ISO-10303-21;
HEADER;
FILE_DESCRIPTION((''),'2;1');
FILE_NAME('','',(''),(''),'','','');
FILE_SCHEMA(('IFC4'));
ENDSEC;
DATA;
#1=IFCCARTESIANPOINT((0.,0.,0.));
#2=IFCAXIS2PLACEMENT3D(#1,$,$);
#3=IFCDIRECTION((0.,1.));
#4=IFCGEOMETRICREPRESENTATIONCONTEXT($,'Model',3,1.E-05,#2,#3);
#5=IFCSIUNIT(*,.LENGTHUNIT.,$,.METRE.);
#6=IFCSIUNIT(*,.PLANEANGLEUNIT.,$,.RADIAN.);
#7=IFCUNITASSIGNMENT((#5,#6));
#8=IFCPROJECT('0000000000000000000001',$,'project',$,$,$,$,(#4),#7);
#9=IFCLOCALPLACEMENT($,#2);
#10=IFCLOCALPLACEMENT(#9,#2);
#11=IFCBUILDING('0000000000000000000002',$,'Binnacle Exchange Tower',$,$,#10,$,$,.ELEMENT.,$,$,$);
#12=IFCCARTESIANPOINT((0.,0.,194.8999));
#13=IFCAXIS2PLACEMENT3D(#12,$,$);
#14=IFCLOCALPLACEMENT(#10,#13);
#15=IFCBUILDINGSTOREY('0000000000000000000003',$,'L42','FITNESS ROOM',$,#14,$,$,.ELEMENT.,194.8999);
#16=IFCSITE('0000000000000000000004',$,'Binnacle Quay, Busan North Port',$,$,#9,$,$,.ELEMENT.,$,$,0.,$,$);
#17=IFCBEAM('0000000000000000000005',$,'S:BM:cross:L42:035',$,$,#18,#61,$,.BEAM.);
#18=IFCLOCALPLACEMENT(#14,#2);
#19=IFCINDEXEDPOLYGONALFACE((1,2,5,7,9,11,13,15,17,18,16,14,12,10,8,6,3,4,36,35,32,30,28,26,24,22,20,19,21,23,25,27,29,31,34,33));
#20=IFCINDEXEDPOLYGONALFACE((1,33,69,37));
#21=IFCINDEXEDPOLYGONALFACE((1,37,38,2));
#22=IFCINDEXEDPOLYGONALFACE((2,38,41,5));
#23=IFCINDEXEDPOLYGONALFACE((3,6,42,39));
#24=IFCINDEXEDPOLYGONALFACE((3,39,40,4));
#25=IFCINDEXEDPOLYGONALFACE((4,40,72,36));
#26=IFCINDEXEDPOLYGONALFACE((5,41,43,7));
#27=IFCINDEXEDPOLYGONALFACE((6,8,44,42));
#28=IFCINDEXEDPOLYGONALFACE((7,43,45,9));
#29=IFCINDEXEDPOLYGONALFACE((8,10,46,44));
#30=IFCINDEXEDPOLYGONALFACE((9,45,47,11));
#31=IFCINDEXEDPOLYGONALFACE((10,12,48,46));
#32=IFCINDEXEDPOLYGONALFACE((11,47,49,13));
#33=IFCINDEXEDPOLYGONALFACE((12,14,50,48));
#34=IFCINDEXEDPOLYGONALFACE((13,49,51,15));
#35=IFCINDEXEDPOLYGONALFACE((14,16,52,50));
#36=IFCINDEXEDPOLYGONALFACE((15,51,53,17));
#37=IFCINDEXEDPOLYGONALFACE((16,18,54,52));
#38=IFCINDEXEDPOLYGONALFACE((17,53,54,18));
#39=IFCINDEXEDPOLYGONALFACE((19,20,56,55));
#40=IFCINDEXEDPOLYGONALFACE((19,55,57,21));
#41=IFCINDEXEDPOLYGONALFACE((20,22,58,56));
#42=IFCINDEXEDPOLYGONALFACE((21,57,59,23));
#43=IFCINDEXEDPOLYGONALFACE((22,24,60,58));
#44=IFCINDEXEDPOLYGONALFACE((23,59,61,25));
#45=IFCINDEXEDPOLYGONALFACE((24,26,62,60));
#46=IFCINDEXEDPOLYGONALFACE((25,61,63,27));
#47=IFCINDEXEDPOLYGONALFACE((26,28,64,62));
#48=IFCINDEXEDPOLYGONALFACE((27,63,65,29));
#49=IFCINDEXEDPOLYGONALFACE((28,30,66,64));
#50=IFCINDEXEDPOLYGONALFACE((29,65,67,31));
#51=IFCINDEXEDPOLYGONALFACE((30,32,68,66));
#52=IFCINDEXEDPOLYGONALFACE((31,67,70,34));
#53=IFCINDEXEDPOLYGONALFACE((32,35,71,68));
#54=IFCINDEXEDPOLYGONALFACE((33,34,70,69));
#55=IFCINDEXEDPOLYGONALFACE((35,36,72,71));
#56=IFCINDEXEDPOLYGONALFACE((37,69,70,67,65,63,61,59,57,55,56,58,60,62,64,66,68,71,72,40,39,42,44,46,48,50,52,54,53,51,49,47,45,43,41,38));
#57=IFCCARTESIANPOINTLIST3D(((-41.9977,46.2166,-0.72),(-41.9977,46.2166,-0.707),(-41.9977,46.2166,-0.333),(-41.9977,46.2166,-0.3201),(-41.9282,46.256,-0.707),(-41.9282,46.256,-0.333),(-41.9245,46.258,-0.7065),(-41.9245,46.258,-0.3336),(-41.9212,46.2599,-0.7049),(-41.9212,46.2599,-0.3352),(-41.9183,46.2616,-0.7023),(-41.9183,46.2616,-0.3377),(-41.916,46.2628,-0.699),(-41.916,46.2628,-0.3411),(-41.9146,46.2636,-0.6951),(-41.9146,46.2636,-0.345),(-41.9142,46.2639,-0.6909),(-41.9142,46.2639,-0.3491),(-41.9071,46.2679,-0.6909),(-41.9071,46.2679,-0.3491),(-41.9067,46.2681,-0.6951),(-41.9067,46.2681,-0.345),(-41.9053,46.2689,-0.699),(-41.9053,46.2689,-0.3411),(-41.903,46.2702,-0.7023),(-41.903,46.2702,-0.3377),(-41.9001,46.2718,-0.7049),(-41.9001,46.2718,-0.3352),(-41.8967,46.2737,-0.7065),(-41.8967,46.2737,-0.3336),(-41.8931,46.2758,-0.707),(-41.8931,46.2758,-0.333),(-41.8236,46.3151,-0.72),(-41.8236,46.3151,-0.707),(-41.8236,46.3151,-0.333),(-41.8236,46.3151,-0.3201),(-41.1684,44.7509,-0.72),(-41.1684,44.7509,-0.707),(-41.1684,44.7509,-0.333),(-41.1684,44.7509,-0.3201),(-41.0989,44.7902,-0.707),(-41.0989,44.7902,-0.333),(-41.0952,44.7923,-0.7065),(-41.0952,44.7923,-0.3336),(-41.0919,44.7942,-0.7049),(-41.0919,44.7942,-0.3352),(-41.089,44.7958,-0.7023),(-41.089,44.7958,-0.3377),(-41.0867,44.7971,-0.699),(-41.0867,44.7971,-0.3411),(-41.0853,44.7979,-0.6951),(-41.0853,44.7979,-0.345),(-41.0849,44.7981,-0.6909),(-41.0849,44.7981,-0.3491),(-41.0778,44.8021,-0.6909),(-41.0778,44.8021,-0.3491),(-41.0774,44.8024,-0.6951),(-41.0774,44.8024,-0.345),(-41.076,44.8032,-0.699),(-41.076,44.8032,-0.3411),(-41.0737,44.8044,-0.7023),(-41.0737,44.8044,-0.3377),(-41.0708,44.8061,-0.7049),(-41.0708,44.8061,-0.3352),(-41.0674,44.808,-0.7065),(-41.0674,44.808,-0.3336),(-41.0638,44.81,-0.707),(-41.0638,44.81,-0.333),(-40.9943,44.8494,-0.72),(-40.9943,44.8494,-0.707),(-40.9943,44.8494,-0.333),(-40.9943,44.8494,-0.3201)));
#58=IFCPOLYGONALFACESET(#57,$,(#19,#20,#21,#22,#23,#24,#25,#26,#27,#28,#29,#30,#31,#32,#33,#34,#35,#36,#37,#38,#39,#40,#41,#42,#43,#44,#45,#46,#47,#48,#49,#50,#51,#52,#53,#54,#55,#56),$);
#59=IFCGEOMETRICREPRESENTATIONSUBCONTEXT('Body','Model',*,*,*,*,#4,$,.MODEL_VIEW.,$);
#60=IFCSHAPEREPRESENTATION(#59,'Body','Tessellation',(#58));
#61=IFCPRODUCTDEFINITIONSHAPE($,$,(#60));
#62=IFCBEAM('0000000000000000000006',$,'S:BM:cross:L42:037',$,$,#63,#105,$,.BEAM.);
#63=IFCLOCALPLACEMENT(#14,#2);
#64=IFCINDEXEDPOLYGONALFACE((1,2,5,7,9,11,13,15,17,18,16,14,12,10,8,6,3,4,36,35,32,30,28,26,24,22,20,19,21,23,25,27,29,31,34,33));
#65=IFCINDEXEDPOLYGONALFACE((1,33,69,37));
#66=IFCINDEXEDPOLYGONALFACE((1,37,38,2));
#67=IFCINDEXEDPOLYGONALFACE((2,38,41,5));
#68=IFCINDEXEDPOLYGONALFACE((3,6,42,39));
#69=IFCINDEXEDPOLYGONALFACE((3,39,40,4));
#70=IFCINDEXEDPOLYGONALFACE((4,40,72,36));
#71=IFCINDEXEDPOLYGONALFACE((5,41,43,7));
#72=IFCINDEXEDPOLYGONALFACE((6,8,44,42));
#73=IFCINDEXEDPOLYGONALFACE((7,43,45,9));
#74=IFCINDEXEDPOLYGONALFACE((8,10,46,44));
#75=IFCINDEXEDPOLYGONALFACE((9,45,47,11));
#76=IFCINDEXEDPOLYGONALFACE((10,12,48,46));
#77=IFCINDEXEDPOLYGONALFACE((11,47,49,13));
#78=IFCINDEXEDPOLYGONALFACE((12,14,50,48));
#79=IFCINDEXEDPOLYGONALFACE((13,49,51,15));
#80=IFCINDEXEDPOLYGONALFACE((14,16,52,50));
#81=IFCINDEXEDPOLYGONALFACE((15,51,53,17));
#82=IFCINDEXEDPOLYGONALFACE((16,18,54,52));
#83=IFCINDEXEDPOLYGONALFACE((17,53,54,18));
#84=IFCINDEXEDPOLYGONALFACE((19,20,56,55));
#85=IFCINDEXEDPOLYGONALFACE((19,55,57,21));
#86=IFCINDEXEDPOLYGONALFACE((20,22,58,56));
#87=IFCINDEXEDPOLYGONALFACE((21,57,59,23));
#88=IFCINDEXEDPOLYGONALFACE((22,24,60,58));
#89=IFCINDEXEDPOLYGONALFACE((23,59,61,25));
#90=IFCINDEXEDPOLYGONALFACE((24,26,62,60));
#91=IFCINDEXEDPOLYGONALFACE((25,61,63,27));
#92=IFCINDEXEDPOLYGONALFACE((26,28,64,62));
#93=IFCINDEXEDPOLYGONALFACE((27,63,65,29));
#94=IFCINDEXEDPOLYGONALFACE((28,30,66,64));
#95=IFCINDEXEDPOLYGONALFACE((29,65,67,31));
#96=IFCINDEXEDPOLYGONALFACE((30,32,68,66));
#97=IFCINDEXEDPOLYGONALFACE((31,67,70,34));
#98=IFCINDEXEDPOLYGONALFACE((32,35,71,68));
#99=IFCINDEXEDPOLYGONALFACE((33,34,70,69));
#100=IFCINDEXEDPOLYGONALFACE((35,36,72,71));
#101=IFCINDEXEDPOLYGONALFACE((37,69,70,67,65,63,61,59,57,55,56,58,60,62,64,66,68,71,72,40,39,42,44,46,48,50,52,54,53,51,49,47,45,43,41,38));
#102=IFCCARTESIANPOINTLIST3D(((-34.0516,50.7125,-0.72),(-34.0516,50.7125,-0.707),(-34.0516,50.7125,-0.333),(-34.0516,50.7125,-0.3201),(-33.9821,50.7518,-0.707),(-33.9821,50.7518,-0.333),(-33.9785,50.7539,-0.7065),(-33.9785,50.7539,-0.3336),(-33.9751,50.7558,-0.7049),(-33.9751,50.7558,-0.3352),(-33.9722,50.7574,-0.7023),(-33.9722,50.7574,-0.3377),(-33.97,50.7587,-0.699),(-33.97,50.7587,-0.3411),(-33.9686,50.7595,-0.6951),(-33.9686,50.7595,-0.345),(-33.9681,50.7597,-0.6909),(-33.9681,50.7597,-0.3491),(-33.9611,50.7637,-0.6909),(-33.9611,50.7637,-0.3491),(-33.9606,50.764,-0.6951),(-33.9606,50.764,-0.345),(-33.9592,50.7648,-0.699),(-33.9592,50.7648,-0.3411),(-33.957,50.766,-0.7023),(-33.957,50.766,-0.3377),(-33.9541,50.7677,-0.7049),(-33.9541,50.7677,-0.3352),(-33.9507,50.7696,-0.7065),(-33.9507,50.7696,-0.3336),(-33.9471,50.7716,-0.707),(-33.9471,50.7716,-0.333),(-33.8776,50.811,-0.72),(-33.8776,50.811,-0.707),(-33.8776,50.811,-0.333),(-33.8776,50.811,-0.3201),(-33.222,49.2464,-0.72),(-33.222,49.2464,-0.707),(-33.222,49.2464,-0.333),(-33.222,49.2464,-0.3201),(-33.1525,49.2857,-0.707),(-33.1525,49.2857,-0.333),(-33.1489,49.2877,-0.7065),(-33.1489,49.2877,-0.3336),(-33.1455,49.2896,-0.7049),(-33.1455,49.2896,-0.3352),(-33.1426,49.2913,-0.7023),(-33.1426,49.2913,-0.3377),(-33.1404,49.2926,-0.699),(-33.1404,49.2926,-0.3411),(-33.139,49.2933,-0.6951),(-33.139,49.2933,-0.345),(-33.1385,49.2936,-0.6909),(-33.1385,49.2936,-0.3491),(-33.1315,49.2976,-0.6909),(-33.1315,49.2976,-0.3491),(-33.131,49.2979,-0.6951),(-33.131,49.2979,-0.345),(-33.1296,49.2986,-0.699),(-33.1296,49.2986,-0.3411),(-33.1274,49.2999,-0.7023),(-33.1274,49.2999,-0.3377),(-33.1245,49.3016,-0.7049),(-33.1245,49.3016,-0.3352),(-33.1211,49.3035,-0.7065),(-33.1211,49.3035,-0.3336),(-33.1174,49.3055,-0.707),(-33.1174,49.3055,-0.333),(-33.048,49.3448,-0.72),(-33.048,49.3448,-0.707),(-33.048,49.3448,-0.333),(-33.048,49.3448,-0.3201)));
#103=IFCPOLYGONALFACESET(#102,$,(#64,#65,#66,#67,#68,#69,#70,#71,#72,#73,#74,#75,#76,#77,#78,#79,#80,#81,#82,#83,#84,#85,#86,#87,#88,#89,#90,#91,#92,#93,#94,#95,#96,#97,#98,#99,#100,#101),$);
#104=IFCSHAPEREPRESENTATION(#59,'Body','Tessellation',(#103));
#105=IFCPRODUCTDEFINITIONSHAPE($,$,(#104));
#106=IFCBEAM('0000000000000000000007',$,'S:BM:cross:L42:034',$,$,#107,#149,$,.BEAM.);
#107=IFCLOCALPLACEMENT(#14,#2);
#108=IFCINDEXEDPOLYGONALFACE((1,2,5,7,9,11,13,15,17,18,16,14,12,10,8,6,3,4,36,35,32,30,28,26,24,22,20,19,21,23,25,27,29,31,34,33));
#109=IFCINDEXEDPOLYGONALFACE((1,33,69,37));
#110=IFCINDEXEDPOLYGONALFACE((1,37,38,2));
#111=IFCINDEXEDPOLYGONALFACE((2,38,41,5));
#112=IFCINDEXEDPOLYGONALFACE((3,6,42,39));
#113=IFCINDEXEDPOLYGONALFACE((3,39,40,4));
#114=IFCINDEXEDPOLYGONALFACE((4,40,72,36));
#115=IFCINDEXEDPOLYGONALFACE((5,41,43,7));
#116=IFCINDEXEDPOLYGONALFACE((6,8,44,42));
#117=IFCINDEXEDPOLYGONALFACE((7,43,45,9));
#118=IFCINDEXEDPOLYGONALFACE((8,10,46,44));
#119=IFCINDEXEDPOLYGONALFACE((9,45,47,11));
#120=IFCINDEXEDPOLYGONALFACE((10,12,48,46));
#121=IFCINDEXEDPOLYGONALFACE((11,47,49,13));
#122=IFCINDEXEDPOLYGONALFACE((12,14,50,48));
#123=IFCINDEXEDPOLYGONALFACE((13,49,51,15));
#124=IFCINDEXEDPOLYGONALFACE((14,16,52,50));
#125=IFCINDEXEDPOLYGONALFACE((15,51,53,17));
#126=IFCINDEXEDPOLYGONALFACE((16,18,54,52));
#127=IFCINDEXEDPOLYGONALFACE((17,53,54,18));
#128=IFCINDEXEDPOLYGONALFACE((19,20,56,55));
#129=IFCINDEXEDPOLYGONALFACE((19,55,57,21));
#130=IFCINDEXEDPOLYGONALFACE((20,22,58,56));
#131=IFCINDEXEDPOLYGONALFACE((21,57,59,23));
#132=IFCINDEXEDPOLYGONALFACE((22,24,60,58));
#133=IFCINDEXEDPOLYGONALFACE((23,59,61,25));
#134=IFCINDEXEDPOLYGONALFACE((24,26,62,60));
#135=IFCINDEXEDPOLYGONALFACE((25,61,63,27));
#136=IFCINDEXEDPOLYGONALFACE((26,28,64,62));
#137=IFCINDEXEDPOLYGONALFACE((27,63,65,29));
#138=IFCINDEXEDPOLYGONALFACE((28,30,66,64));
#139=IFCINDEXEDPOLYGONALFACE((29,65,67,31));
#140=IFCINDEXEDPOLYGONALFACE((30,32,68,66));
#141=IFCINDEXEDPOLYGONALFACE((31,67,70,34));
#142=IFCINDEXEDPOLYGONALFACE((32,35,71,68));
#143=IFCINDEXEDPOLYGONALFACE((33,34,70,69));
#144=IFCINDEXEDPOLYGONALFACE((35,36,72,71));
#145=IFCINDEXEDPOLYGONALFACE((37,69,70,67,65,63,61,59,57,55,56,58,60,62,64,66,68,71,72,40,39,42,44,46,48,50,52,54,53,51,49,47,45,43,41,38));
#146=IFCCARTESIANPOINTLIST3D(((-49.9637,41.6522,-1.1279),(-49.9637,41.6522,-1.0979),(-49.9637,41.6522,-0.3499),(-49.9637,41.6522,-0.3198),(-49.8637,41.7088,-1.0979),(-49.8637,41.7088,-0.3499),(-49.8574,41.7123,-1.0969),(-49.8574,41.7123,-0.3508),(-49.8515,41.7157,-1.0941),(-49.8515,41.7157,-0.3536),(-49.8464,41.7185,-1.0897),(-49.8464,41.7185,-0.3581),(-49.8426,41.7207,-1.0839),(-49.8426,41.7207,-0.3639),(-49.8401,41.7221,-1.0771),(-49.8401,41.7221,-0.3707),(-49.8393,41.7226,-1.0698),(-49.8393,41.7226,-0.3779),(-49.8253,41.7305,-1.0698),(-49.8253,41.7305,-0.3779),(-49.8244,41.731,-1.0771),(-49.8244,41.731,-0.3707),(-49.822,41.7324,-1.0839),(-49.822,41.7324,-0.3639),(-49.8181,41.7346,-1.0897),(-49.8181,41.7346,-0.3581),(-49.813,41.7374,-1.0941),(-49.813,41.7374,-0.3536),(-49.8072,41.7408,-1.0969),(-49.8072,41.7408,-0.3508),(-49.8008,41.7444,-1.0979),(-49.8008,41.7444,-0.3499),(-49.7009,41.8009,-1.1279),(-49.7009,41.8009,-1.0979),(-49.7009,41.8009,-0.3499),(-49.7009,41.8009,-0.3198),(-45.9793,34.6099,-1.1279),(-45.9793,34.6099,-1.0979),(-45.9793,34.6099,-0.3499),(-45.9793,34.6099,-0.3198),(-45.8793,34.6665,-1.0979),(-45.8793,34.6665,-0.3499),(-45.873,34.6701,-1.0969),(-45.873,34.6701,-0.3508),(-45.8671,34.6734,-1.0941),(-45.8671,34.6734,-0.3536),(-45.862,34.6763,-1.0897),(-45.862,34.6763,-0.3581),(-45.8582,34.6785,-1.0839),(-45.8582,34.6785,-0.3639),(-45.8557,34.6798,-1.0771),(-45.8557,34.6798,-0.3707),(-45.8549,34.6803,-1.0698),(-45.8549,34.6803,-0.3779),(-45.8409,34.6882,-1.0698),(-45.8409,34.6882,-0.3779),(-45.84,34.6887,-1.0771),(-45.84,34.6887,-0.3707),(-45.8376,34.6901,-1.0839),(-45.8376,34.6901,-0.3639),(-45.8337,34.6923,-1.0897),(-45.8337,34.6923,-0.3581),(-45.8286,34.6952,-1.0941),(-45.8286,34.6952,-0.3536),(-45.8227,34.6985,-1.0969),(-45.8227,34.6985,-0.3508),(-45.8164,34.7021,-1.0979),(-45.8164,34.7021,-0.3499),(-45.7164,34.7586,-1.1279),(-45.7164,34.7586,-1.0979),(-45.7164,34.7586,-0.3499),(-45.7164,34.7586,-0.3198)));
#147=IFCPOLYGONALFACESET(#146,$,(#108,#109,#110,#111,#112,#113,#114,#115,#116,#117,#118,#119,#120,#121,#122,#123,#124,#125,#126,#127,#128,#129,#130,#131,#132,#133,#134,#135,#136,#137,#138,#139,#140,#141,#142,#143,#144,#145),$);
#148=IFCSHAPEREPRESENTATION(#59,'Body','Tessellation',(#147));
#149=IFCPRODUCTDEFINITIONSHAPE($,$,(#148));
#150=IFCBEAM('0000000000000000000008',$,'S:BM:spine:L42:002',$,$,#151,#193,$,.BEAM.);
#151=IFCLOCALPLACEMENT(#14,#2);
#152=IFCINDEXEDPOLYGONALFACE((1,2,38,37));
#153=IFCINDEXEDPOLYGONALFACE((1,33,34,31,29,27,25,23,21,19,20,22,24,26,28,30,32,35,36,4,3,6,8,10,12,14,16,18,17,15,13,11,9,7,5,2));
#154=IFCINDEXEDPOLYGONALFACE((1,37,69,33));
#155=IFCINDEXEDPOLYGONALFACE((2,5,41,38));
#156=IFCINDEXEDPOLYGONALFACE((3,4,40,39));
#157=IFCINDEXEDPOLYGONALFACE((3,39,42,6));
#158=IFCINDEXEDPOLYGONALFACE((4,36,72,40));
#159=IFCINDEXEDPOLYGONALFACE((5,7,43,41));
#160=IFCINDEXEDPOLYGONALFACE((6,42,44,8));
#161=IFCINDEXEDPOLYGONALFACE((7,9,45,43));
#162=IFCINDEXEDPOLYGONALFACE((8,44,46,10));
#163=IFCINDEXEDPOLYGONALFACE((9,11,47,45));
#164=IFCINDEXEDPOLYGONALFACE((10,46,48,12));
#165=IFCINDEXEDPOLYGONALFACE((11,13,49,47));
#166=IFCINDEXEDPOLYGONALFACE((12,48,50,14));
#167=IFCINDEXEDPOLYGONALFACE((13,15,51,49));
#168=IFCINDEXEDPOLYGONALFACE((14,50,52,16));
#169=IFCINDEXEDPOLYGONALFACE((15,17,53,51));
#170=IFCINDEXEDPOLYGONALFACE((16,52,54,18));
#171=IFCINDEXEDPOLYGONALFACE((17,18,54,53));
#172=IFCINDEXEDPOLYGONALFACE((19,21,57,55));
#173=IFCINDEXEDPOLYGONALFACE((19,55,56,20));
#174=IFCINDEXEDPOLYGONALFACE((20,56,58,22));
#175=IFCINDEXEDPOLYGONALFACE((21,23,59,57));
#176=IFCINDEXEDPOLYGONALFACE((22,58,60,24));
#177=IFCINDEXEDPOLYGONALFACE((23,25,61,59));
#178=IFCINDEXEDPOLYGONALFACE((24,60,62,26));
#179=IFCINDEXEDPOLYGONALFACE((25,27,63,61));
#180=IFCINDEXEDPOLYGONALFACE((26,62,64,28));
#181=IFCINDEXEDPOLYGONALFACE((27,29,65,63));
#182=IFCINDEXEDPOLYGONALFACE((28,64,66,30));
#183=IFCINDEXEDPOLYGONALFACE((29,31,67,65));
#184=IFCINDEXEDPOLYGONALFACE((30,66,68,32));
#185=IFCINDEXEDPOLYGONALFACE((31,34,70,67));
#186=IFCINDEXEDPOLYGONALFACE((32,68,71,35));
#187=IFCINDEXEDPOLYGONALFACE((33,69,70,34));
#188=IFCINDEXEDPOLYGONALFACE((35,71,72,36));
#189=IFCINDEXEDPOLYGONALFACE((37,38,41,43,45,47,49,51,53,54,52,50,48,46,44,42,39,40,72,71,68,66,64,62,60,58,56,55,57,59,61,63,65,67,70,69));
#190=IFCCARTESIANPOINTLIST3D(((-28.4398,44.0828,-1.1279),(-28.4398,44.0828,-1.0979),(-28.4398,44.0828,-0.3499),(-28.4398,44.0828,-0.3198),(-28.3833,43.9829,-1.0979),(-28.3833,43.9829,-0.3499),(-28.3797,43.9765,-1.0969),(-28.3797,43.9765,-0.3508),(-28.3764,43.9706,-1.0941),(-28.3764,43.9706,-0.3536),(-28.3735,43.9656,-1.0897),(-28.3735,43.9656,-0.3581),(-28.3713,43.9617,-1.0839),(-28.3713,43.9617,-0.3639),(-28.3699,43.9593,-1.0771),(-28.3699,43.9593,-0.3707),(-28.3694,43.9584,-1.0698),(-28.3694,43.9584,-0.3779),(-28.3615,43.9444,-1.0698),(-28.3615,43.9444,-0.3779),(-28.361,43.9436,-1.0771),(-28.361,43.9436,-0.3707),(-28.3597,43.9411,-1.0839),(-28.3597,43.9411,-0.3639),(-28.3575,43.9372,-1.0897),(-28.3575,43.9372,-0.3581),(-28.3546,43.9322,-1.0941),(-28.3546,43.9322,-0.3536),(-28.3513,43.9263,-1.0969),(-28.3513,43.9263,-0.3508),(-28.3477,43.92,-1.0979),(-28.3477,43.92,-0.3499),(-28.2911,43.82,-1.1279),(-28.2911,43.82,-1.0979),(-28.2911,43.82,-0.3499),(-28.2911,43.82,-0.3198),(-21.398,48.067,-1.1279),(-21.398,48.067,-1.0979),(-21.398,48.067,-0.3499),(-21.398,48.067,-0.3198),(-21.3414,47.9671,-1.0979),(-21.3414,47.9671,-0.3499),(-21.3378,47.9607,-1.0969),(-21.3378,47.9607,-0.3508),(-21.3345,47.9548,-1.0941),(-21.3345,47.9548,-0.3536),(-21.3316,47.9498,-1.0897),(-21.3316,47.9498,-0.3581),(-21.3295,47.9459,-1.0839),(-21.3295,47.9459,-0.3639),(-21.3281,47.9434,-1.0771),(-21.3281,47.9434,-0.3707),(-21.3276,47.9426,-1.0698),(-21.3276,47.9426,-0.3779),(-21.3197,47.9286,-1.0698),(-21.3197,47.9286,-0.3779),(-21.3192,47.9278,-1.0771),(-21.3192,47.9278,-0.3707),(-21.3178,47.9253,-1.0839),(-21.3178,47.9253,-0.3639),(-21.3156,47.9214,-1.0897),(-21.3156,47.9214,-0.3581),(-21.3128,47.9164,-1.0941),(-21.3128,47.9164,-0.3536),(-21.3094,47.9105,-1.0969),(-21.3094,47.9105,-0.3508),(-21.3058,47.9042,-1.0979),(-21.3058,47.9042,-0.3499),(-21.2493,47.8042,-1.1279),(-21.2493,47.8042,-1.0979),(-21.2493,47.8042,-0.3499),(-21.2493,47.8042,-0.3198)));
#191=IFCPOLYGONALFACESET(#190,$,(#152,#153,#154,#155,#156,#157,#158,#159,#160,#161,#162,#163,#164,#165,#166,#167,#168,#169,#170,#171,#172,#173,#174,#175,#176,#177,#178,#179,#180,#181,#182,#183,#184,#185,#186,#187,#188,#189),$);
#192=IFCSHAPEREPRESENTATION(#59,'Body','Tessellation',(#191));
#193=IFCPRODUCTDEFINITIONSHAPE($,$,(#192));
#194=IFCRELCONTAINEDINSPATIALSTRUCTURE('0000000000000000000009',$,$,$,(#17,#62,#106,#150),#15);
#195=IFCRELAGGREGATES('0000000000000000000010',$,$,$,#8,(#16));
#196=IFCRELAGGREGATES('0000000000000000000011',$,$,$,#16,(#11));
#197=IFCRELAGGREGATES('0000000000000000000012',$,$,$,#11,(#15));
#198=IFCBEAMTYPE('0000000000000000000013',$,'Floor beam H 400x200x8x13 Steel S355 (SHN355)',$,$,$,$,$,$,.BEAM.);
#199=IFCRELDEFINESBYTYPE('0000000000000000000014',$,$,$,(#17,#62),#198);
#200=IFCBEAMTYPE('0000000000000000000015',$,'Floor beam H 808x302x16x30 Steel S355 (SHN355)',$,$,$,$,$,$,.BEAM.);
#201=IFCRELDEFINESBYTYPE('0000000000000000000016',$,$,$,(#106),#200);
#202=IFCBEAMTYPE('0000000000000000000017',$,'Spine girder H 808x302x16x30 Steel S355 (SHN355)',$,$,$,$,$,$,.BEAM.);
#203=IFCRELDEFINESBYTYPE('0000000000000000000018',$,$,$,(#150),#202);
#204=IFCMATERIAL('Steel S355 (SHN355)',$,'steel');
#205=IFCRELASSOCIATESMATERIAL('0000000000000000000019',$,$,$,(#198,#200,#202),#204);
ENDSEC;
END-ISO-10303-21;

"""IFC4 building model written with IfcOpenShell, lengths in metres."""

from ifc_helpers import new_model, si_unit, direction, frame, origin, origin_2d, place, context, subcontext, project, spatial, i_section, extrude, material, material_profile, profile_set, type_object, element, save


model = new_model("IFC4")

# Units and contexts
model_context = context("Model", 3, precision=1e-05, world=origin(), true_north=direction((0.0, 1.0)))
body_context = subcontext(model_context, "Body", "Model", "MODEL_VIEW")
ifc_project = project(units=[si_unit("LENGTHUNIT", "METRE"), si_unit("PLANEANGLEUNIT", "RADIAN")], contexts=[model_context])

# Site, building, storey
site_placement = place(None, origin())
site = spatial("IfcSite", under=ifc_project, at=site_placement, Name="Binnacle Quay, Busan North Port", CompositionType="ELEMENT", RefElevation=0.0)
building_placement = place(site_placement, origin())
building = spatial("IfcBuilding", under=site, at=building_placement, Name="Binnacle Exchange Tower", CompositionType="ELEMENT")
storey_placement = place(building_placement, frame((0.0, 0.0, 194.8999)))
storey = spatial("IfcBuildingStorey", under=building, at=storey_placement, Name="L42", Description="FITNESS ROOM", CompositionType="ELEMENT", Elevation=194.8999)

# Beams
ifc_material_1 = material(Name="Steel S355 (SHN355)", Category="steel")
ifc_material_profile_1 = material_profile(ifc_material_1, i_section(OverallWidth=0.2, OverallDepth=0.3999, WebThickness=0.0081, FlangeThickness=0.0129, FilletRadius=0.0161, at=origin_2d()), Name="H 400x200x8x13")
ifc_profile_set_1 = profile_set([ifc_material_profile_1], Name="Steel S355 (SHN355)")
beam_type_1 = type_object("IfcBeamType", Name="Floor beam H 400x200x8x13 Steel S355 (SHN355)", PredefinedType="BEAM", material=ifc_profile_set_1)
beam_1_placement = place(storey_placement, frame((-41.9106, 46.2659, -0.52), z_axis=(0.492435, -0.870349, 0.0), x_axis=(0.870349, 0.492435, 0.0)))
element("IfcBeam", 1, at=beam_1_placement, inside=storey, type_object=beam_type_1, Name="S:BM:cross:L42:035", PredefinedType="BEAM", context=body_context, shape_type="SweptSolid", body=[
    extrude(i_section(OverallWidth=0.2, OverallDepth=0.3999, WebThickness=0.0081, FlangeThickness=0.0129, FilletRadius=0.0161, at=origin_2d()), origin(), (0.0, 0.0, 1.0), 1.6841),
])
beam_2_placement = place(storey_placement, frame((-33.9646, 50.7617, -0.52), z_axis=(0.492482, -0.870322, 0.0), x_axis=(0.870322, 0.492482, 0.0)))
element("IfcBeam", 2, at=beam_2_placement, inside=storey, type_object=beam_type_1, Name="S:BM:cross:L42:037", PredefinedType="BEAM", context=body_context, shape_type="SweptSolid", body=[
    extrude(i_section(OverallWidth=0.2, OverallDepth=0.3999, WebThickness=0.0081, FlangeThickness=0.0129, FilletRadius=0.0161, at=origin_2d()), origin(), (0.0, 0.0, 1.0), 1.6846),
])
ifc_material_profile_2 = material_profile(ifc_material_1, i_section(OverallWidth=0.302, OverallDepth=0.8081, WebThickness=0.0161, FlangeThickness=0.03, FilletRadius=0.0281, at=origin_2d()), Name="H 808x302x16x30")
ifc_profile_set_2 = profile_set([ifc_material_profile_2], Name="Steel S355 (SHN355)")
beam_type_2 = type_object("IfcBeamType", Name="Floor beam H 808x302x16x30 Steel S355 (SHN355)", PredefinedType="BEAM", material=ifc_profile_set_2)
beam_3_placement = place(storey_placement, frame((-49.8323, 41.7266, -0.7239), z_axis=(0.49243, -0.870352, 0.0), x_axis=(0.870352, 0.49243, 0.0)))
element("IfcBeam", 3, at=beam_3_placement, inside=storey, type_object=beam_type_2, Name="S:BM:cross:L42:034", PredefinedType="BEAM", context=body_context, shape_type="SweptSolid", body=[
    extrude(i_section(OverallWidth=0.302, OverallDepth=0.8081, WebThickness=0.0161, FlangeThickness=0.03, FilletRadius=0.0281, at=origin_2d()), origin(), (0.0, 0.0, 1.0), 8.0913),
])
ifc_material_profile_3 = material_profile(ifc_material_1, i_section(OverallWidth=0.302, OverallDepth=0.8081, WebThickness=0.0161, FlangeThickness=0.03, FilletRadius=0.0281, at=origin_2d()), Name="H 808x302x16x30")
ifc_profile_set_3 = profile_set([ifc_material_profile_3], Name="Steel S355 (SHN355)")
beam_type_3 = type_object("IfcBeamType", Name="Spine girder H 808x302x16x30 Steel S355 (SHN355)", PredefinedType="BEAM", material=ifc_profile_set_3)
beam_4_placement = place(storey_placement, frame((-28.3655, 43.9514, -0.7239), z_axis=(0.87035, 0.492433, 0.0), x_axis=(-0.492433, 0.87035, 0.0)))
element("IfcBeam", 4, at=beam_4_placement, inside=storey, type_object=beam_type_3, Name="S:BM:spine:L42:002", PredefinedType="BEAM", context=body_context, shape_type="SweptSolid", body=[
    extrude(i_section(OverallWidth=0.302, OverallDepth=0.8081, WebThickness=0.0161, FlangeThickness=0.03, FilletRadius=0.0281, at=origin_2d()), origin(), (0.0, 0.0, 1.0), 8.0908),
])

save(model, "model.ifc")
